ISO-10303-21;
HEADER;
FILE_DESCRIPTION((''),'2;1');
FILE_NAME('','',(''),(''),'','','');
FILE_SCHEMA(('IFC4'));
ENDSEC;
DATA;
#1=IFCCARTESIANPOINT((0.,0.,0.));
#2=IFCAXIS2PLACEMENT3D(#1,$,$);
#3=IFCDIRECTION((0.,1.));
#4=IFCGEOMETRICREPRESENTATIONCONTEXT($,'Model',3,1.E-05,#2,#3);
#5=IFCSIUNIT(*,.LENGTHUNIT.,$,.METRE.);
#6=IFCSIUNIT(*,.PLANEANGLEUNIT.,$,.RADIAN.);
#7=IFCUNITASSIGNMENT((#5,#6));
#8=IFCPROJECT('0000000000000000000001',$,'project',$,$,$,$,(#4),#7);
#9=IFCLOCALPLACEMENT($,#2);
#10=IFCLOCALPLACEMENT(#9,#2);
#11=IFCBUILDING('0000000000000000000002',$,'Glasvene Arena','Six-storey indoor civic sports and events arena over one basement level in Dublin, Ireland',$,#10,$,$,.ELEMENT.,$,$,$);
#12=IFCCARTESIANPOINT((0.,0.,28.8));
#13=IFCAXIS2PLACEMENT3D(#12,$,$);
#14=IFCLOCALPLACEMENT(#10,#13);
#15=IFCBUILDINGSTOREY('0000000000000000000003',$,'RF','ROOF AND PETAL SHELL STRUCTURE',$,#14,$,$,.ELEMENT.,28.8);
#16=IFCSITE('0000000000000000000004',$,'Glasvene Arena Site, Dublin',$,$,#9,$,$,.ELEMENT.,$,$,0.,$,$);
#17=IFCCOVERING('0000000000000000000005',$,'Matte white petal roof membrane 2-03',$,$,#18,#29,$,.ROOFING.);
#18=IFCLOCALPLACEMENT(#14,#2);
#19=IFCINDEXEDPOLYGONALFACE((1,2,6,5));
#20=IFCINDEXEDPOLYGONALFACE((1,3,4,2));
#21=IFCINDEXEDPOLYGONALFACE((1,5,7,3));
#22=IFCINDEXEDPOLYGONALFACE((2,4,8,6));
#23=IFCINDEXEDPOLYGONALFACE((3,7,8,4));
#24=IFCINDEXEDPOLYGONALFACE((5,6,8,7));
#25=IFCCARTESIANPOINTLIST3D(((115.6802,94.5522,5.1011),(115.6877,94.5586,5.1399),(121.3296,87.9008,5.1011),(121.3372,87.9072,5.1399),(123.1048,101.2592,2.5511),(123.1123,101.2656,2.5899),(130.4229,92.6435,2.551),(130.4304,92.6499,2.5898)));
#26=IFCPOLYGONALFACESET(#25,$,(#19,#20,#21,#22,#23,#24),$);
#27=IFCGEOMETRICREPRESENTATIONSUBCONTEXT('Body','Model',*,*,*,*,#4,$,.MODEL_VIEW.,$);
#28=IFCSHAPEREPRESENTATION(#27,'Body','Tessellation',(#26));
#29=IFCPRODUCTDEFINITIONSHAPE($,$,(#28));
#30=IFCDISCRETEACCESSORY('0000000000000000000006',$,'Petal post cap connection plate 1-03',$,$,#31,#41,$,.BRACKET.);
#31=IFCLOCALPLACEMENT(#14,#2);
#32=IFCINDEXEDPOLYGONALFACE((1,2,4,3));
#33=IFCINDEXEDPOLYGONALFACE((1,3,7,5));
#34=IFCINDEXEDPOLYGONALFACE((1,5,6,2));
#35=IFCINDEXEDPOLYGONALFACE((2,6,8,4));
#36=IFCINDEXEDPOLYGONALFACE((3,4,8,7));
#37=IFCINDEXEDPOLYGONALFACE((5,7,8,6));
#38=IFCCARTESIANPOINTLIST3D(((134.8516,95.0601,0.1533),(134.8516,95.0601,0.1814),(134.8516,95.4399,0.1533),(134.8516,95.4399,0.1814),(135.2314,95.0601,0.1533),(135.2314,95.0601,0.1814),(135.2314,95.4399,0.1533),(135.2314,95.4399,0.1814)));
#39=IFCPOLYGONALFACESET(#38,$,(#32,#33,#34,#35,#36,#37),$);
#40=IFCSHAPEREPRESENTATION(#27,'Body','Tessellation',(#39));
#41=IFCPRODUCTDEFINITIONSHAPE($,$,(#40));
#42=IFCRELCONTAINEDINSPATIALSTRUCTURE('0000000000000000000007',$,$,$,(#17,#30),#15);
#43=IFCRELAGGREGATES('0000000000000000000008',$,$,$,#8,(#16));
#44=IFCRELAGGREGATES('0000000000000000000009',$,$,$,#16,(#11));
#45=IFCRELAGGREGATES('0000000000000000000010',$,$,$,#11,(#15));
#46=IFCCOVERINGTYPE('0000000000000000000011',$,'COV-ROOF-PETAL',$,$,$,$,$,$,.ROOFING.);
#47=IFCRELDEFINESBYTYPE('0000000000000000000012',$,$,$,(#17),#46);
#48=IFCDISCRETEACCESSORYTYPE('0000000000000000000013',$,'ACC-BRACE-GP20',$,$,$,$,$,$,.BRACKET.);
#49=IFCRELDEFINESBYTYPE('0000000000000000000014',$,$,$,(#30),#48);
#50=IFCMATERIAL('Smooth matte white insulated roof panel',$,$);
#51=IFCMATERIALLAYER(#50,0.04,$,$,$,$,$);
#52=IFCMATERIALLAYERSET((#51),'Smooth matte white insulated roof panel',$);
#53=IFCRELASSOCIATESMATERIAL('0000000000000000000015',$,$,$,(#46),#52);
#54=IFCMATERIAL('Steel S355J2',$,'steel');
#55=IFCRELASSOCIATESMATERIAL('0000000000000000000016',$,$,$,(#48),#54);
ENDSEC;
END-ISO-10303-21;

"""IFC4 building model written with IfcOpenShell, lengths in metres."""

from ifc_helpers import new_model, si_unit, direction, frame, origin, origin_2d, place, context, subcontext, project, spatial, polyline, rectangle, outline, extrude, material, layer, layer_set, type_object, element, save


model = new_model("IFC4")

# Units and contexts
model_context = context("Model", 3, precision=1e-05, world=origin(), true_north=direction((0.0, 1.0)))
body_context = subcontext(model_context, "Body", "Model", "MODEL_VIEW")
ifc_project = project(units=[si_unit("LENGTHUNIT", "METRE"), si_unit("PLANEANGLEUNIT", "RADIAN")], contexts=[model_context])

# Site, building, storey
site_placement = place(None, origin())
site = spatial("IfcSite", under=ifc_project, at=site_placement, Name="Glasvene Arena Site, Dublin", CompositionType="ELEMENT", RefElevation=0.0)
building_placement = place(site_placement, origin())
building = spatial("IfcBuilding", under=site, at=building_placement, Name="Glasvene Arena", Description="Six-storey indoor civic sports and events arena over one basement level in Dublin, Ireland", CompositionType="ELEMENT")
storey_placement = place(building_placement, frame((0.0, 0.0, 28.8)))
storey = spatial("IfcBuildingStorey", under=building, at=storey_placement, Name="RF", Description="ROOF AND PETAL SHELL STRUCTURE", CompositionType="ELEMENT", Elevation=28.8)

# Shared definitions
ifc_material_1 = material(Name="Steel S355J2", Category="steel")

# Shared definitions
ifc_material_2 = material(Name="Smooth matte white insulated roof panel")

# Covering
ifc_layer_1 = layer(ifc_material_2, 0.04)
ifc_layer_set_1 = layer_set([ifc_layer_1], Name="Smooth matte white insulated roof panel")
covering_type = type_object("IfcCoveringType", Name="COV-ROOF-PETAL", PredefinedType="ROOFING", material=ifc_layer_set_1)
covering_placement = place(storey_placement, frame((130.4304, 92.6499, 2.5898), z_axis=(0.188316, 0.159952, 0.968996), x_axis=(-0.647378, 0.762169, 0.000002)))
element("IfcCovering", 1, at=covering_placement, inside=storey, type_object=covering_type, Name="Matte white petal roof membrane 2-03", PredefinedType="ROOFING", context=body_context, shape_type="SweptSolid", body=[
    extrude(outline(polyline([(0.0, 0.0), (11.3042, 0.0), (10.9988, 10.3207), (2.2721, 10.3209), (0.0, 0.0)])), origin(), (0.0, 0.0, -1.0), 0.04),
])

# Discrete accessory
discrete_accessory_type = type_object("IfcDiscreteAccessoryType", Name="ACC-BRACE-GP20", PredefinedType="BRACKET", material=ifc_material_1)
discrete_accessory_placement = place(storey_placement, frame((135.0415, 95.25, 0.1533), z_axis=(0.0, 0.0, 1.0), x_axis=(1.0, 0.0, 0.0)))
element("IfcDiscreteAccessory", 2, at=discrete_accessory_placement, inside=storey, type_object=discrete_accessory_type, Name="Petal post cap connection plate 1-03", PredefinedType="BRACKET", context=body_context, shape_type="SweptSolid", body=[
    extrude(rectangle(XDim=0.3799, YDim=0.3799, at=origin_2d()), origin(), (0.0, 0.0, 1.0), 0.0281),
])

save(model, "model.ifc")
